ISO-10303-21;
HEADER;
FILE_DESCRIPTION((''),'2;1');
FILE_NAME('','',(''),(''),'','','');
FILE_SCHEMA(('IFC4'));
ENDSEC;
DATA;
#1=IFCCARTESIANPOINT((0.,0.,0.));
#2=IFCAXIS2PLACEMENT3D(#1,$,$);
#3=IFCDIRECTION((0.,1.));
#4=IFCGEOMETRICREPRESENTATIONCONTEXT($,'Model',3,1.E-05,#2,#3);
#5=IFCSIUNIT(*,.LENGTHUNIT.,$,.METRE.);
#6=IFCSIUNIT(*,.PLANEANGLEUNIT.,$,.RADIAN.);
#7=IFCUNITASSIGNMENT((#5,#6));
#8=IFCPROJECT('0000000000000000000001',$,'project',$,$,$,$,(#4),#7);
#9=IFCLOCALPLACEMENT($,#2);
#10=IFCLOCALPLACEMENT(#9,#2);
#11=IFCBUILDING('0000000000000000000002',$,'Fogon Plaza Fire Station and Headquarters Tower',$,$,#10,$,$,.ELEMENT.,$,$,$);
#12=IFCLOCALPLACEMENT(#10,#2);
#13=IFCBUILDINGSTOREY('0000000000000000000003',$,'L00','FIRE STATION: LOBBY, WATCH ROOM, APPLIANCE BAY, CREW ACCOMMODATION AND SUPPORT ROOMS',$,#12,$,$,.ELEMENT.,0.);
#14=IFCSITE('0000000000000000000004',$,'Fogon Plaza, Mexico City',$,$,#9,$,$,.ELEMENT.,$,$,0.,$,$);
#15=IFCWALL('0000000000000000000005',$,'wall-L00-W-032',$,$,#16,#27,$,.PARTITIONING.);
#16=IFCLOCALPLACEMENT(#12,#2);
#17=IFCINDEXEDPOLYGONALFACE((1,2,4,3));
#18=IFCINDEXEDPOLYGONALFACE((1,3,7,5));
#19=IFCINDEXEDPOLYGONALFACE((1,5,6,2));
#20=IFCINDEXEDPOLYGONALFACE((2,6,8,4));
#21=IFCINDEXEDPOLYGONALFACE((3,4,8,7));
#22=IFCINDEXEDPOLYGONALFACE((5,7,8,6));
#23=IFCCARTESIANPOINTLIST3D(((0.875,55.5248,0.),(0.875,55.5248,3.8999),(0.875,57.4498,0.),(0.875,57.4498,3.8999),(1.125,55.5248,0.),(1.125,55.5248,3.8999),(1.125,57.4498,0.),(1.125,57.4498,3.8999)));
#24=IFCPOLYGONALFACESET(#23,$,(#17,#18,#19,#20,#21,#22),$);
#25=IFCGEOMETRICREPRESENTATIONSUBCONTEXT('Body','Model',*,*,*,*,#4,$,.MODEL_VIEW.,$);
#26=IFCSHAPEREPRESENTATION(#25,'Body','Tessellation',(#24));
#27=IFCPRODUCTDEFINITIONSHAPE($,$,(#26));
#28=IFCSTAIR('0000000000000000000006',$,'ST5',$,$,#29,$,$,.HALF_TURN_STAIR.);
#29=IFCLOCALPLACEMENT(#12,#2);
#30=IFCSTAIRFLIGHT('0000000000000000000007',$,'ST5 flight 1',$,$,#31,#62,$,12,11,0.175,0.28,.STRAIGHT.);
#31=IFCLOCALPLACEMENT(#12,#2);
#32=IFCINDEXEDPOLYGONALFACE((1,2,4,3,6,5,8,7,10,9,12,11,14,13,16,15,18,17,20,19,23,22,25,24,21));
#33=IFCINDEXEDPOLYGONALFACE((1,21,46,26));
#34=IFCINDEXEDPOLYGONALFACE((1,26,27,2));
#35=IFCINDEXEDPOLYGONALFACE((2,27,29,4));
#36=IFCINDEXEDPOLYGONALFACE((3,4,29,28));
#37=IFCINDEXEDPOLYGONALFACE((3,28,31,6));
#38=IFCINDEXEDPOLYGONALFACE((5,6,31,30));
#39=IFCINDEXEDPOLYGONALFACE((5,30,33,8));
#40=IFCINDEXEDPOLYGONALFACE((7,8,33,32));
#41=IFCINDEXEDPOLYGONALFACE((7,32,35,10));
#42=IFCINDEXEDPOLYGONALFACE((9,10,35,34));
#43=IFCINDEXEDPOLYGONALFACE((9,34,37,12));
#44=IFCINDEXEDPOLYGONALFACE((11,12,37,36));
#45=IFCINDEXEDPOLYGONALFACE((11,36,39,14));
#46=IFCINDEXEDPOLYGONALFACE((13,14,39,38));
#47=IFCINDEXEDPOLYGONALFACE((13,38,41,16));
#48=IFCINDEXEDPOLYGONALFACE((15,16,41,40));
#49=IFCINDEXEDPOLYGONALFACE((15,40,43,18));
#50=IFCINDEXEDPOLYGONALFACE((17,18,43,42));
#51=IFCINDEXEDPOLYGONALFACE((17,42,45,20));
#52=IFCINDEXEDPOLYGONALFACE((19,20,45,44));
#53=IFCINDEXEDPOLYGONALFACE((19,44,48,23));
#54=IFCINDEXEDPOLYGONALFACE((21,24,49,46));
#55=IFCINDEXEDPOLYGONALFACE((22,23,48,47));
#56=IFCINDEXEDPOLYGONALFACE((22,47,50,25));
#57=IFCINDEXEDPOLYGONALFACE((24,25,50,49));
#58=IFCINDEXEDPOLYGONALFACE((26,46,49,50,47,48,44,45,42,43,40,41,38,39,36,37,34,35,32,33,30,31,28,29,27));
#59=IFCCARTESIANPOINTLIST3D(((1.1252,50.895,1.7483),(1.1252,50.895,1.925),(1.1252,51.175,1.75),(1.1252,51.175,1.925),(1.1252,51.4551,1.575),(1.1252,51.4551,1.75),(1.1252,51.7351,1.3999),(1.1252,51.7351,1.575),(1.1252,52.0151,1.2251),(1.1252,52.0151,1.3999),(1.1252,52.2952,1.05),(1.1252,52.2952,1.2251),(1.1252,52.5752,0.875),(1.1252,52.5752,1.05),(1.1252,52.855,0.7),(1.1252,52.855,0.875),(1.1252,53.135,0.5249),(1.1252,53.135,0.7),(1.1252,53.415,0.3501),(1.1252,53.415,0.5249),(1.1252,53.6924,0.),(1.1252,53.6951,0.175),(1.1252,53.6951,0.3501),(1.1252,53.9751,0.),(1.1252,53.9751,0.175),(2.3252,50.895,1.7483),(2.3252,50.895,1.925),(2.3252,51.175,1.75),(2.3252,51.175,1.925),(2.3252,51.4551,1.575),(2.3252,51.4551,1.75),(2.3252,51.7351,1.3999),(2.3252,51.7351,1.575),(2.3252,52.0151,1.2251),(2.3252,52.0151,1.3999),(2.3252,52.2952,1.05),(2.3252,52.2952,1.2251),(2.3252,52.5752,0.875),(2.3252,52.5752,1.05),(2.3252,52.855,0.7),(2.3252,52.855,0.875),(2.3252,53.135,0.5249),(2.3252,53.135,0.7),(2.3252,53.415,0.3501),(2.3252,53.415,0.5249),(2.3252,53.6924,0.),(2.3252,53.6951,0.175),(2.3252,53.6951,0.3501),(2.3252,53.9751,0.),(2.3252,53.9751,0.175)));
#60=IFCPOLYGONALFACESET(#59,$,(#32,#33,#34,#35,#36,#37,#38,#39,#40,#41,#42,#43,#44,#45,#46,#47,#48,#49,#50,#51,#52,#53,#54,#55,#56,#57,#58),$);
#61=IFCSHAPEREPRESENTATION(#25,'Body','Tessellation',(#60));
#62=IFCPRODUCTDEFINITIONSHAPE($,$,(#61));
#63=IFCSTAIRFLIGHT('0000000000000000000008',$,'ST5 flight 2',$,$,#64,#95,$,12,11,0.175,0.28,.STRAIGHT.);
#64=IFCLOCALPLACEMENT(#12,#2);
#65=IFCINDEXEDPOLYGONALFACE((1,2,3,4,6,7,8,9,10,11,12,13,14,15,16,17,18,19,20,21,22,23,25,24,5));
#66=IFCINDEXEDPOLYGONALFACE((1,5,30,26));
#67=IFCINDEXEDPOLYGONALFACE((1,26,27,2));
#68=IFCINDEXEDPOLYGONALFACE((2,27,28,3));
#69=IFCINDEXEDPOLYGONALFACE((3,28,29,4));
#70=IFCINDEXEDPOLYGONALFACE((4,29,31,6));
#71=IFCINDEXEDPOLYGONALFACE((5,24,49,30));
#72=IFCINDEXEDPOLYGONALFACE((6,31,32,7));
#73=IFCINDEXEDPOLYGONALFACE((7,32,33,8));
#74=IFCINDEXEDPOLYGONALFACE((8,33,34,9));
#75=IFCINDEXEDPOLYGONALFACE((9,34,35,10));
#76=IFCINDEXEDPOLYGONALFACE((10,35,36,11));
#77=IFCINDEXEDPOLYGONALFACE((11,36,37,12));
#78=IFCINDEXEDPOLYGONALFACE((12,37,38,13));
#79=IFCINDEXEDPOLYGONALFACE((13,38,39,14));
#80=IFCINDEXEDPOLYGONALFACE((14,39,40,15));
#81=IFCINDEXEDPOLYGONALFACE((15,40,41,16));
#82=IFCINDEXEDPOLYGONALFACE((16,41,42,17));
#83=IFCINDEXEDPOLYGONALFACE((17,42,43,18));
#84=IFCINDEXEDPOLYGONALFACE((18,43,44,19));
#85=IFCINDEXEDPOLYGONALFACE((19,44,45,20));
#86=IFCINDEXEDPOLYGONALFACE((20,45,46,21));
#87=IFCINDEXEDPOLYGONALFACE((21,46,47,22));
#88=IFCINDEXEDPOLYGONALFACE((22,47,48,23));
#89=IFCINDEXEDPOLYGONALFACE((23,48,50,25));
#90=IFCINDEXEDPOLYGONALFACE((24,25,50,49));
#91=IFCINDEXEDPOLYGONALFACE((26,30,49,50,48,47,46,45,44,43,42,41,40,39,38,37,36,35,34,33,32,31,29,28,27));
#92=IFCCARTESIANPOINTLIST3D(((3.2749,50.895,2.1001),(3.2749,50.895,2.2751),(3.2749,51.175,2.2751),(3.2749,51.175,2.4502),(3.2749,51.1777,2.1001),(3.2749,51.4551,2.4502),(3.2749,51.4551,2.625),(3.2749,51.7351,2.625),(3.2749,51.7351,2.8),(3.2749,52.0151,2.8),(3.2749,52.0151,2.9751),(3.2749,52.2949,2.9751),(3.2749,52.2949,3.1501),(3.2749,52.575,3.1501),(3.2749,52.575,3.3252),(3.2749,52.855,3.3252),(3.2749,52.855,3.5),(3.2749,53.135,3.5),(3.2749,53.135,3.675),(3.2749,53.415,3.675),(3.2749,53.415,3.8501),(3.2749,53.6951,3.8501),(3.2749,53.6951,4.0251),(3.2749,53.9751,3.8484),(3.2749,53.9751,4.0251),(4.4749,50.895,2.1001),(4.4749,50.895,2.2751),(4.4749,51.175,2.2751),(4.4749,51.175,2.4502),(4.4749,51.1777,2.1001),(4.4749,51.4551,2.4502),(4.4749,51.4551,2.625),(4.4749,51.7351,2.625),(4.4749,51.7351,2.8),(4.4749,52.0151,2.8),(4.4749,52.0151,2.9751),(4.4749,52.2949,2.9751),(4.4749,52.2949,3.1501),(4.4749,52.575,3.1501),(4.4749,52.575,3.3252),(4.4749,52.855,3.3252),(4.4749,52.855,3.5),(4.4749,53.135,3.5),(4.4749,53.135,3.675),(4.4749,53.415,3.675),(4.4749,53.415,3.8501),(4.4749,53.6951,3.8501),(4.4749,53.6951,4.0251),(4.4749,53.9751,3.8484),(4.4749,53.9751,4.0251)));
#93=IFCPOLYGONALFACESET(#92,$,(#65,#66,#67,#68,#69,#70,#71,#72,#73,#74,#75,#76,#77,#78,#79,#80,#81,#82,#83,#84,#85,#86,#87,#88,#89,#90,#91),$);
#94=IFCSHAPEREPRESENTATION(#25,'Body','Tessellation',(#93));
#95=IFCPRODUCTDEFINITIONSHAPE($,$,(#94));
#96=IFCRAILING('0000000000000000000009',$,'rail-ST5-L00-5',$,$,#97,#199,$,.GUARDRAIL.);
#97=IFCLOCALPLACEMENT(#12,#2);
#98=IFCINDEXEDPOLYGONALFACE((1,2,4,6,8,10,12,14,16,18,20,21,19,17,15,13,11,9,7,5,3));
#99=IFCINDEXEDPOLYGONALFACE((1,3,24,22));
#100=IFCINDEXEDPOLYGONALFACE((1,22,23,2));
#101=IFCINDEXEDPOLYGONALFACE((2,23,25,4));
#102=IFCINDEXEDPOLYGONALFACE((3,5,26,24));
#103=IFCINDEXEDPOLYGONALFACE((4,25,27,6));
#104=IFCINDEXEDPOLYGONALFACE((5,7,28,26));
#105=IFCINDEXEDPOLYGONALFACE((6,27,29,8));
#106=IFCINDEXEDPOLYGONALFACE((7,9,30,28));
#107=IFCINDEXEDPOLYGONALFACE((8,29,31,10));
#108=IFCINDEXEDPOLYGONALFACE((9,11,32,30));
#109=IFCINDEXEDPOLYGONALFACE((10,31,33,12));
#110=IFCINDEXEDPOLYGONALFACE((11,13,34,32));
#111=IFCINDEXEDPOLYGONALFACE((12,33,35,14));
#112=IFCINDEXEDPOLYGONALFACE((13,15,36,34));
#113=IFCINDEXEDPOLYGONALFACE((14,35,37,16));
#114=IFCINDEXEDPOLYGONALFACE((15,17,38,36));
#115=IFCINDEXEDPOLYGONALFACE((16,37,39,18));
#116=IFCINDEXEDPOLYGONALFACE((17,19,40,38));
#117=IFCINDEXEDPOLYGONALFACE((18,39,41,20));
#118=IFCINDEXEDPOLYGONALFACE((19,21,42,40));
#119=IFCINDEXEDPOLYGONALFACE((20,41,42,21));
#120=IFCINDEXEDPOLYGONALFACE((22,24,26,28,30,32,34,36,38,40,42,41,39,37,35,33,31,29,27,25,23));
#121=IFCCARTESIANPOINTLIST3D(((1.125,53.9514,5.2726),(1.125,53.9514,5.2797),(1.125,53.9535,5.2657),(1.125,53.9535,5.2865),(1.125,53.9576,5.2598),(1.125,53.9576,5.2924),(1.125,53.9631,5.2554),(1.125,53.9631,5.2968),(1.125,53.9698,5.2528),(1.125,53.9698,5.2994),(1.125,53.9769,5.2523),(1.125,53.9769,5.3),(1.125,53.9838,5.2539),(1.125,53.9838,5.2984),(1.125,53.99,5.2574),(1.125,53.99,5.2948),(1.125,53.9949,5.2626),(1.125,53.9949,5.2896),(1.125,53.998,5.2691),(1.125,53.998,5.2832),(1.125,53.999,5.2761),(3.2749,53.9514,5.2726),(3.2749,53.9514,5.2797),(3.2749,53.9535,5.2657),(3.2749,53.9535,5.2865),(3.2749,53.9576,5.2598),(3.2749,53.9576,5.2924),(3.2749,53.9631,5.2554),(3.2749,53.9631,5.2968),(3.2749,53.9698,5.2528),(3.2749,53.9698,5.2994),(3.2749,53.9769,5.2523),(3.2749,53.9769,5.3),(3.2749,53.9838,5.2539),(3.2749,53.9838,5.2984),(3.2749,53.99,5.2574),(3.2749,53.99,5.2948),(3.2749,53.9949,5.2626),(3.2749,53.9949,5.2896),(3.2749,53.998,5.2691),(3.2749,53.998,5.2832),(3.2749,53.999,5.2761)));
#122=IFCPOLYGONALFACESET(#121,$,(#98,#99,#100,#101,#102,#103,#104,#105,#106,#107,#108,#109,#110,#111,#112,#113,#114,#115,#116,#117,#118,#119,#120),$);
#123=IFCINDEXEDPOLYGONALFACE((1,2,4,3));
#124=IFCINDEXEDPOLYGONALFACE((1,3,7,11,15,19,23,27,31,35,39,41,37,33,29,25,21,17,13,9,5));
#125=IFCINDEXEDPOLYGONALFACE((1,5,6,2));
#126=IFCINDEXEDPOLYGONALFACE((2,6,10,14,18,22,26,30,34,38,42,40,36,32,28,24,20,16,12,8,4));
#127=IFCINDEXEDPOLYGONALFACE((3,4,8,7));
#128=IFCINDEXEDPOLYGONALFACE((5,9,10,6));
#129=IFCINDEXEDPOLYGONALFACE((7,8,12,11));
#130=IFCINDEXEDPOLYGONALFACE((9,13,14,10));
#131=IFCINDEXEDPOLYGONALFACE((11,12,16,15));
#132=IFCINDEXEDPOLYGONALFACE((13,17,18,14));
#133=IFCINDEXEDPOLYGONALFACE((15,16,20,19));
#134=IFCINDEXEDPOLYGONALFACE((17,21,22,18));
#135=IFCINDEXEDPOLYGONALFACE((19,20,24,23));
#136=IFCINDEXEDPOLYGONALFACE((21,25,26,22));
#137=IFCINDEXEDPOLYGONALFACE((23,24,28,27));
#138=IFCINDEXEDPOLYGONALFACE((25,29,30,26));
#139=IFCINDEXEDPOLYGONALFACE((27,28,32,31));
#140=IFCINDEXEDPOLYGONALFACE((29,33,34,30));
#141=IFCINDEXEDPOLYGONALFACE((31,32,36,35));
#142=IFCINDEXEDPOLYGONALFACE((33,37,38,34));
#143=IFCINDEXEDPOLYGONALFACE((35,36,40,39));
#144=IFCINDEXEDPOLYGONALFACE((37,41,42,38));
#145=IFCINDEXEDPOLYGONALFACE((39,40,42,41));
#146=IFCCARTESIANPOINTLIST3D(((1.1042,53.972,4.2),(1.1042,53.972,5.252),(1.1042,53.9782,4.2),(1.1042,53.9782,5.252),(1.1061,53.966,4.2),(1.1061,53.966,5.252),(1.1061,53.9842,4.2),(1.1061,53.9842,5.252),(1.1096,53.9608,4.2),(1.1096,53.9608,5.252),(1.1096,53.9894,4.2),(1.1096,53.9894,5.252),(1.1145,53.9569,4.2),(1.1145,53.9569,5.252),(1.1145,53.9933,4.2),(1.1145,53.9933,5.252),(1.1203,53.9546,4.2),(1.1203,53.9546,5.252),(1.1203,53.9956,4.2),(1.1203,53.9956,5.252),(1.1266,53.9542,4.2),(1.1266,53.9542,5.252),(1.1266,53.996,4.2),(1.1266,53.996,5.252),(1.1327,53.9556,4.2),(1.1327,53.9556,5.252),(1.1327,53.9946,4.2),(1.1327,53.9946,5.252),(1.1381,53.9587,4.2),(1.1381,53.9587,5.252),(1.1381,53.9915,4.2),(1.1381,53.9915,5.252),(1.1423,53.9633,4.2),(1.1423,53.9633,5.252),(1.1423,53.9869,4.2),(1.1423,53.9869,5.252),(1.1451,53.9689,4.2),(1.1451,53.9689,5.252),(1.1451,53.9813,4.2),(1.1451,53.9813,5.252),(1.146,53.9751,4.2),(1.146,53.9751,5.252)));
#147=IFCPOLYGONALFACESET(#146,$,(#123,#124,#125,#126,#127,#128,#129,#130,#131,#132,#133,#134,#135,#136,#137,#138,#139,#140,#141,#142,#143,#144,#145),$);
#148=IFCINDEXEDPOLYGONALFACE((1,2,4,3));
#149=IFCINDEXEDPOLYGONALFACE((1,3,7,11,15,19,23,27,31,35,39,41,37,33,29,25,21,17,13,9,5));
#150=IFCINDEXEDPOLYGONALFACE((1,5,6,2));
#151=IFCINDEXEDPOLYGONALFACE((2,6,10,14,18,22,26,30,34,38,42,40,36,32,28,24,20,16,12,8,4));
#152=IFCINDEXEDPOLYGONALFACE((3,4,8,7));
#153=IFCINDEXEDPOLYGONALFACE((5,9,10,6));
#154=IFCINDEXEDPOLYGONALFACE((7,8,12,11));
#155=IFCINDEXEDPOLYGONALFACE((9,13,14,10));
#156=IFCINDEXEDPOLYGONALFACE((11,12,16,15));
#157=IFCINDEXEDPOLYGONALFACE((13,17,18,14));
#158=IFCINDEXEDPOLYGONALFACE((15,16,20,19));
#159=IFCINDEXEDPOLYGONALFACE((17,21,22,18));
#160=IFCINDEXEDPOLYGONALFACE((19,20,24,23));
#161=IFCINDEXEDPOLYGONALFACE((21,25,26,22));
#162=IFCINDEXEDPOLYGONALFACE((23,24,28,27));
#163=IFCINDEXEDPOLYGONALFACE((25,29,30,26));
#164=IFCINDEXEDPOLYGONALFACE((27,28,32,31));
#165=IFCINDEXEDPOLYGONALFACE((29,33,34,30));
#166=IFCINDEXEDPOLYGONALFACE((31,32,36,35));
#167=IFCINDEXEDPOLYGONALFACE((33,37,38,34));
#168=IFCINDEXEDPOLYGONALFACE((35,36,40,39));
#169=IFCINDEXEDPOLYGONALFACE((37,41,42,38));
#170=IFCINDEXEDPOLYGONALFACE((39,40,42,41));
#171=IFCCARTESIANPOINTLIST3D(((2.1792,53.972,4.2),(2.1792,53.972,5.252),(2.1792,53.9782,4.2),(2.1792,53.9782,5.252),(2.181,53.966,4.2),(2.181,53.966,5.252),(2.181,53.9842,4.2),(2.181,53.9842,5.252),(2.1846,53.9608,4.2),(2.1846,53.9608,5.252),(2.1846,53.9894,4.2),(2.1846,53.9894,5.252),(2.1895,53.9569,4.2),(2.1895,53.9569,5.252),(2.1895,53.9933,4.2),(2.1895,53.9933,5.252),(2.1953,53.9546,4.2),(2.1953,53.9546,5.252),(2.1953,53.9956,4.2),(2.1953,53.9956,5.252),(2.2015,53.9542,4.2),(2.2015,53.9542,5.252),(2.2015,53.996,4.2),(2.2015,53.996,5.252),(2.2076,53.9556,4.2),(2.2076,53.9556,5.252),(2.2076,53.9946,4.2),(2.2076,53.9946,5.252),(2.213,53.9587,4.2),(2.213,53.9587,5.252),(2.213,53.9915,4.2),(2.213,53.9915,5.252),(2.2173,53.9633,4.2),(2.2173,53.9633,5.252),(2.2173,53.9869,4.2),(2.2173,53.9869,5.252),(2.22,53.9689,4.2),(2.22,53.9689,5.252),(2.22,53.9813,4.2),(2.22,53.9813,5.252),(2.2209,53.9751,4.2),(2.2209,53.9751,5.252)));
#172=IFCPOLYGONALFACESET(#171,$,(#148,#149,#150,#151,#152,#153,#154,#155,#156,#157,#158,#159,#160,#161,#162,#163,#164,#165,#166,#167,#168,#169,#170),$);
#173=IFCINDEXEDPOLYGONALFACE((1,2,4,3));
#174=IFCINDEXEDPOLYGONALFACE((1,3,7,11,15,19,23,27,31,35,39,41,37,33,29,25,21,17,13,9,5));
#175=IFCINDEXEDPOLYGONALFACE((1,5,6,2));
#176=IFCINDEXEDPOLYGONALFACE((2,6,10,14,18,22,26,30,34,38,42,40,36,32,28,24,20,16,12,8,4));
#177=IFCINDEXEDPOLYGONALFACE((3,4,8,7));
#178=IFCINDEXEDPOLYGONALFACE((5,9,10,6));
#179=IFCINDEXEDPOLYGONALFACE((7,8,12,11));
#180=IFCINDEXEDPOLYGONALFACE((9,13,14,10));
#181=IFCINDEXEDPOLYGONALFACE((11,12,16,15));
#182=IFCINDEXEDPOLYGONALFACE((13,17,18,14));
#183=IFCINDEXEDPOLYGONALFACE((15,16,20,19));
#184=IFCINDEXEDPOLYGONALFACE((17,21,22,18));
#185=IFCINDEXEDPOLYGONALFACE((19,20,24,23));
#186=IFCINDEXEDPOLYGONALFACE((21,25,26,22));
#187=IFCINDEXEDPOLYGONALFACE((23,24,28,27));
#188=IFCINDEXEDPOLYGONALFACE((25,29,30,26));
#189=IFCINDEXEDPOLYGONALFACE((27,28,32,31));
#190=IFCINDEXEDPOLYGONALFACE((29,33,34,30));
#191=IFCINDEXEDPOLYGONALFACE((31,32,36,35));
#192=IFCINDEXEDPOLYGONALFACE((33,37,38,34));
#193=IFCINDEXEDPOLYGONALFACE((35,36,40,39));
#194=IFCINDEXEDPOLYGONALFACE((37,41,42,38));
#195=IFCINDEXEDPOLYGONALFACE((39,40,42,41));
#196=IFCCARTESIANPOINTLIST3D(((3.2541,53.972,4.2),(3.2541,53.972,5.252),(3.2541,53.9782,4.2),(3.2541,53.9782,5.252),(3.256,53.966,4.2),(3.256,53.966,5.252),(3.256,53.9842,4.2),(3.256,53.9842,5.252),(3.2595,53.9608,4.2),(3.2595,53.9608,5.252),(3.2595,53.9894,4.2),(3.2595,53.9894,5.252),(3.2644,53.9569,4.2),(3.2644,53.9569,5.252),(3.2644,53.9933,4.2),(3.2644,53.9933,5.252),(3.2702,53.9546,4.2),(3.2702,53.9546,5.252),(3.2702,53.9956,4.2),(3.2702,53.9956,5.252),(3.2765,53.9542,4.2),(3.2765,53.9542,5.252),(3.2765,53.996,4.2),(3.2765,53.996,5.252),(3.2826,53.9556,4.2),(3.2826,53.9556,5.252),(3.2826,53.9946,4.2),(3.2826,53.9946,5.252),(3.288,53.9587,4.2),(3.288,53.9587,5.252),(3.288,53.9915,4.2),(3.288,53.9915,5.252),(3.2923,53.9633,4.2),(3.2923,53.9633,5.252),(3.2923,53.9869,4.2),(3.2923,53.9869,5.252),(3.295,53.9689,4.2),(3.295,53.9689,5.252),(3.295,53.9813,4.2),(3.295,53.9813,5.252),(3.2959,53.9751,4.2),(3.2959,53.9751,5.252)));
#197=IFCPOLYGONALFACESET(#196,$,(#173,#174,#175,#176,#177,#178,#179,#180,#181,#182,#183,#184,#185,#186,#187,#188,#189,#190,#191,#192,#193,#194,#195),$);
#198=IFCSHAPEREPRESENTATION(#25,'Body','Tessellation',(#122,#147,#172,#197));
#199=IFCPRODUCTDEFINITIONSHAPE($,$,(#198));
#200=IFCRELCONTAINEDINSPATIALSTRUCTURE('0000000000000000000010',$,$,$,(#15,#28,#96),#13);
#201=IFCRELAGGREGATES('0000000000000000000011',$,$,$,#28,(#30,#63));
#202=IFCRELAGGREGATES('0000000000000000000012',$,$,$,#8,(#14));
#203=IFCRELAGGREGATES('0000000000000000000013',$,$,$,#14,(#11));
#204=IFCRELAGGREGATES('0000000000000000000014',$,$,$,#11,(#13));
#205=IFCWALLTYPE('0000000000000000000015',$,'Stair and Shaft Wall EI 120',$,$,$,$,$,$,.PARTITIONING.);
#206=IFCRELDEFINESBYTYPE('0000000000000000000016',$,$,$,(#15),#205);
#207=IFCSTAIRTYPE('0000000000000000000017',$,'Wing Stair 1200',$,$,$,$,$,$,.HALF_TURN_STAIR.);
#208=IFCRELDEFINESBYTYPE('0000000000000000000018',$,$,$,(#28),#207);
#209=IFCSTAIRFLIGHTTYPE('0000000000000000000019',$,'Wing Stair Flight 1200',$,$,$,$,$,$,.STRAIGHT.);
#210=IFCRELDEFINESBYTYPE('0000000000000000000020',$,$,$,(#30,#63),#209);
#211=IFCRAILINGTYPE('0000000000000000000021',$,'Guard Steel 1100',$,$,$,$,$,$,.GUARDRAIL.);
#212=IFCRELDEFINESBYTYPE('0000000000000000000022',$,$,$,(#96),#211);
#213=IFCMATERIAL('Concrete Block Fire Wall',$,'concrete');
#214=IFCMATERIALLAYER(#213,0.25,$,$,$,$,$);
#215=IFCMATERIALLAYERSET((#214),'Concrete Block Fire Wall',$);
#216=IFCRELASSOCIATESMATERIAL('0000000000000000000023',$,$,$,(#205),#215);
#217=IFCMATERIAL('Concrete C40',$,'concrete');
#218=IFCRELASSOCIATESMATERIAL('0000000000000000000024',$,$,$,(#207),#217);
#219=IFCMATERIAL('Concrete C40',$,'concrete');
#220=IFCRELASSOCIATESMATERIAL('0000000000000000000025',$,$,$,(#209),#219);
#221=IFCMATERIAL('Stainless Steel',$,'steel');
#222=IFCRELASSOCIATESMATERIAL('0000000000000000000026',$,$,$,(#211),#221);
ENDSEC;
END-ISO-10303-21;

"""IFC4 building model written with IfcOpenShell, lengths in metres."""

from ifc_helpers import new_model, si_unit, direction, frame, frame_2d, origin, origin_2d, place, context, subcontext, project, spatial, polyline, rectangle, circle, outline, extrude, material, layer, layer_set, type_object, element, aggregate, save


model = new_model("IFC4")

# Units and contexts
model_context = context("Model", 3, precision=1e-05, world=origin(), true_north=direction((0.0, 1.0)))
body_context = subcontext(model_context, "Body", "Model", "MODEL_VIEW")
ifc_project = project(units=[si_unit("LENGTHUNIT", "METRE"), si_unit("PLANEANGLEUNIT", "RADIAN")], contexts=[model_context])

# Site, building, storey
site_placement = place(None, origin())
site = spatial("IfcSite", under=ifc_project, at=site_placement, Name="Fogon Plaza, Mexico City", CompositionType="ELEMENT", RefElevation=0.0)
building_placement = place(site_placement, origin())
building = spatial("IfcBuilding", under=site, at=building_placement, Name="Fogon Plaza Fire Station and Headquarters Tower", CompositionType="ELEMENT")
storey_placement = place(building_placement, origin())
storey = spatial("IfcBuildingStorey", under=building, at=storey_placement, Name="L00", Description="FIRE STATION: LOBBY, WATCH ROOM, APPLIANCE BAY, CREW ACCOMMODATION AND SUPPORT ROOMS", CompositionType="ELEMENT", Elevation=0.0)

# Wall
ifc_material_1 = material(Name="Concrete Block Fire Wall", Category="concrete")
ifc_layer_1 = layer(ifc_material_1, 0.25)
ifc_layer_set_1 = layer_set([ifc_layer_1], Name="Concrete Block Fire Wall")
wall_type_1 = type_object("IfcWallType", Name="Stair and Shaft Wall EI 120", PredefinedType="PARTITIONING", material=ifc_layer_set_1)
wall_1_placement = place(storey_placement, frame((1.0, 55.5249, 0.0), z_axis=(0.0, 0.0, 1.0), x_axis=(0.0, 1.0, 0.0)))
element("IfcWall", 1, at=wall_1_placement, inside=storey, type_object=wall_type_1, Name="wall-L00-W-032", PredefinedType="PARTITIONING", context=body_context, shape_type="SweptSolid", body=[
    extrude(rectangle(XDim=1.925, YDim=0.25, at=frame_2d((0.9624, 0.0))), origin(), (0.0, 0.0, 1.0), 3.8999),
])

# Stair, stair flights
ifc_material_2 = material(Name="Concrete C40", Category="concrete")
stair_type = type_object("IfcStairType", Name="Wing Stair 1200", PredefinedType="HALF_TURN_STAIR", material=ifc_material_2)
stair_placement = place(storey_placement, origin())
stair = element("IfcStair", 2, at=stair_placement, inside=storey, type_object=stair_type, Name="ST5", PredefinedType="HALF_TURN_STAIR")
ifc_material_3 = material(Name="Concrete C40", Category="concrete")
stair_flight_type = type_object("IfcStairFlightType", Name="Wing Stair Flight 1200", PredefinedType="STRAIGHT", material=ifc_material_3)
stair_flight_1_placement = place(storey_placement, frame((1.7251, 53.9751, 0.0), z_axis=(0.0, 0.0, 1.0), x_axis=(0.0, -1.0, 0.0)))
stair_flight_1 = element("IfcStairFlight", 3, at=stair_flight_1_placement, type_object=stair_flight_type, Name="ST5 flight 1", NumberOfRisers=12, NumberOfTreads=11, PredefinedType="STRAIGHT", RiserHeight=0.175, TreadLength=0.28, context=body_context, shape_type="SweptSolid", body=[
    extrude(outline(polyline([(0.0, 0.0), (0.0, 0.175), (0.28, 0.175), (0.28, 0.3501), (0.5601, 0.3501), (0.5601, 0.5249), (0.8401, 0.5249), (0.8401, 0.7), (1.1201, 0.7), (1.1201, 0.875), (1.3999, 0.875), (1.3999, 1.05), (1.6799, 1.05), (1.6799, 1.2251), (1.96, 1.2251), (1.96, 1.3999), (2.24, 1.3999), (2.24, 1.575), (2.52, 1.575), (2.52, 1.75), (2.8, 1.75), (2.8, 1.925), (3.0801, 1.925), (3.0801, 2.1001), (3.0801, 1.7483), (0.2827, 0.0), (0.0, 0.0)])), frame((0.0, 0.6001, 0.0), z_axis=(0.0, -1.0, 0.0), x_axis=(1.0, 0.0, 0.0)), (0.0, 0.0, 1.0), 1.2),
])
stair_flight_2_placement = place(storey_placement, frame((3.875, 50.895, 2.1001), z_axis=(0.0, 0.0, 1.0), x_axis=(0.0, 1.0, 0.0)))
stair_flight_2 = element("IfcStairFlight", 4, at=stair_flight_2_placement, type_object=stair_flight_type, Name="ST5 flight 2", NumberOfRisers=12, NumberOfTreads=11, PredefinedType="STRAIGHT", RiserHeight=0.175, TreadLength=0.28, context=body_context, shape_type="SweptSolid", body=[
    extrude(outline(polyline([(0.0, 0.0), (0.0, 0.175), (0.28, 0.175), (0.28, 0.3501), (0.5601, 0.3501), (0.5601, 0.5249), (0.8401, 0.5249), (0.8401, 0.7), (1.1201, 0.7), (1.1201, 0.875), (1.3999, 0.875), (1.3999, 1.05), (1.6799, 1.05), (1.6799, 1.2251), (1.96, 1.2251), (1.96, 1.3999), (2.24, 1.3999), (2.24, 1.575), (2.52, 1.575), (2.52, 1.75), (2.8, 1.75), (2.8, 1.925), (3.0801, 1.925), (3.0801, 2.1001), (3.0801, 1.7483), (0.2827, 0.0), (0.0, 0.0)])), frame((0.0, 0.6001, 0.0), z_axis=(0.0, -1.0, 0.0), x_axis=(1.0, 0.0, 0.0)), (0.0, 0.0, 1.0), 1.2),
])
aggregate(stair, [stair_flight_1, stair_flight_2])

# Railing
ifc_material_4 = material(Name="Stainless Steel", Category="steel")
railing_type_1 = type_object("IfcRailingType", Name="Guard Steel 1100", PredefinedType="GUARDRAIL", material=ifc_material_4)
railing_1_placement = place(storey_placement, frame((1.125, 53.9751, 4.2)))
element("IfcRailing", 5, at=railing_1_placement, inside=storey, type_object=railing_type_1, Name="rail-ST5-L00-5", PredefinedType="GUARDRAIL", context=body_context, shape_type="SweptSolid", body=[
    extrude(circle(Radius=0.0239, at=origin_2d()), frame((0.0, 0.0, 1.0762), z_axis=(1.0, 0.0, 0.0), x_axis=(0.0, 1.0, 0.0)), (0.0, 0.0, 1.0), 2.1499),
    extrude(circle(Radius=0.021, at=origin_2d()), origin(), (0.0, 0.0, 1.0), 1.052),
    extrude(circle(Radius=0.021, at=origin_2d()), frame((1.075, 0.0, 0.0)), (0.0, 0.0, 1.0), 1.052),
    extrude(circle(Radius=0.021, at=origin_2d()), frame((2.1499, 0.0, 0.0)), (0.0, 0.0, 1.0), 1.052),
])

save(model, "model.ifc")
